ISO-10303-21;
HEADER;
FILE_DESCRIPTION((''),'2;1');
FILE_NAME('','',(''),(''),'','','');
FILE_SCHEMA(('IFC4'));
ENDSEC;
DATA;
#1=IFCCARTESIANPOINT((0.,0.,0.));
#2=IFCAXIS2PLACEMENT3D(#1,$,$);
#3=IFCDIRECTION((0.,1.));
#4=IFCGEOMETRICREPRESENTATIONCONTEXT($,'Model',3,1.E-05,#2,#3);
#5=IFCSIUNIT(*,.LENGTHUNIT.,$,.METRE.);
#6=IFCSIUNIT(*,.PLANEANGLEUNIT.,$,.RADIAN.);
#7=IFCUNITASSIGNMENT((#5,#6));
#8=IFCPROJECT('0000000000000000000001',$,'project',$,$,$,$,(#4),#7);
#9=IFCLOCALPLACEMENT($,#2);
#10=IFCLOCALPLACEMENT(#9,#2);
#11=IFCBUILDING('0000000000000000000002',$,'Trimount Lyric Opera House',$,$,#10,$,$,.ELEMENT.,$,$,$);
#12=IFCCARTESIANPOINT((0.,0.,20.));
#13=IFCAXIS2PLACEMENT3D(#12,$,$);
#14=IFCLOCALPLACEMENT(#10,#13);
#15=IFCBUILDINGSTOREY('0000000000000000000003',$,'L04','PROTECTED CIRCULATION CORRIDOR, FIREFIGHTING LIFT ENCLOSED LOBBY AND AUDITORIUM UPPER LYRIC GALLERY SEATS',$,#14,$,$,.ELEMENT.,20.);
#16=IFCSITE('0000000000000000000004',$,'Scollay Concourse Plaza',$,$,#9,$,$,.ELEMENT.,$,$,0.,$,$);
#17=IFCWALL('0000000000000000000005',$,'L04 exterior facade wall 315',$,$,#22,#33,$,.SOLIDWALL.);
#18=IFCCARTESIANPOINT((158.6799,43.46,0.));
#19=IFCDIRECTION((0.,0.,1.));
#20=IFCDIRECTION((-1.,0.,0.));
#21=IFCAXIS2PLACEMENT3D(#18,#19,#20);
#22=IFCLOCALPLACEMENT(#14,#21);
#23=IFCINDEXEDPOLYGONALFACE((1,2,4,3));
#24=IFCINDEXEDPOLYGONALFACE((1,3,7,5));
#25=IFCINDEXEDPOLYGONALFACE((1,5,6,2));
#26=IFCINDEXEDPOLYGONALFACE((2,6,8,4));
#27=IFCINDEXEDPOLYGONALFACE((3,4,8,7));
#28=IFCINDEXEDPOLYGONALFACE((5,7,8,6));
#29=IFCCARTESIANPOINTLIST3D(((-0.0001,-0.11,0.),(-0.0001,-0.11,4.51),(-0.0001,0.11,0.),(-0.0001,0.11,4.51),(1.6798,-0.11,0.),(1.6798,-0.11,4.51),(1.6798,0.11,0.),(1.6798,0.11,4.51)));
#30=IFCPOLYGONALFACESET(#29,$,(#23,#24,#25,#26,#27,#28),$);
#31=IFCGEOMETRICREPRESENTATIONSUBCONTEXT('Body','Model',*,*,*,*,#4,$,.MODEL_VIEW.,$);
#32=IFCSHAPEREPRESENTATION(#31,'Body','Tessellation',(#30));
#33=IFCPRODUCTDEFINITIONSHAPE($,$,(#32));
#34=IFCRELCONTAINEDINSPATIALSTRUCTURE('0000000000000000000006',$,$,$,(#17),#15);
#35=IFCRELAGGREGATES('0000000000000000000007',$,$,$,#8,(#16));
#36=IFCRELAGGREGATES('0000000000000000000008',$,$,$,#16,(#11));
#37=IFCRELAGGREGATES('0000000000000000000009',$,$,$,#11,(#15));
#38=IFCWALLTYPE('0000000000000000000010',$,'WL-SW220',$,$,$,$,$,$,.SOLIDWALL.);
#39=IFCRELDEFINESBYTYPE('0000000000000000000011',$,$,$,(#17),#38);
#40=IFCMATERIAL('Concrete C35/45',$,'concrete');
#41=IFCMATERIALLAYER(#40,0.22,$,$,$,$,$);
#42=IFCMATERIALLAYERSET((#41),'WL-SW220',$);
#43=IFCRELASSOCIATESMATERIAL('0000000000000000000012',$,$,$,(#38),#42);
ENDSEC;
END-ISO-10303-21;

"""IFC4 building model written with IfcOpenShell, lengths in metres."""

from ifc_helpers import new_model, si_unit, direction, frame, frame_2d, origin, place, context, subcontext, project, spatial, rectangle, extrude, material, layer, layer_set, type_object, element, save


model = new_model("IFC4")

# Units and contexts
model_context = context("Model", 3, precision=1e-05, world=origin(), true_north=direction((0.0, 1.0)))
body_context = subcontext(model_context, "Body", "Model", "MODEL_VIEW")
ifc_project = project(units=[si_unit("LENGTHUNIT", "METRE"), si_unit("PLANEANGLEUNIT", "RADIAN")], contexts=[model_context])

# Site, building, storey
site_placement = place(None, origin())
site = spatial("IfcSite", under=ifc_project, at=site_placement, Name="Scollay Concourse Plaza", CompositionType="ELEMENT", RefElevation=0.0)
building_placement = place(site_placement, origin())
building = spatial("IfcBuilding", under=site, at=building_placement, Name="Trimount Lyric Opera House", CompositionType="ELEMENT")
storey_placement = place(building_placement, frame((0.0, 0.0, 20.0)))
storey = spatial("IfcBuildingStorey", under=building, at=storey_placement, Name="L04", Description="PROTECTED CIRCULATION CORRIDOR, FIREFIGHTING LIFT ENCLOSED LOBBY AND AUDITORIUM UPPER LYRIC GALLERY SEATS", CompositionType="ELEMENT", Elevation=20.0)

# Wall
ifc_material_1 = material(Name="Concrete C35/45", Category="concrete")
ifc_layer_1 = layer(ifc_material_1, 0.22)
ifc_layer_set_1 = layer_set([ifc_layer_1], Name="WL-SW220")
wall_type_1 = type_object("IfcWallType", Name="WL-SW220", PredefinedType="SOLIDWALL", material=ifc_layer_set_1)
wall_1_placement = place(storey_placement, frame((158.6799, 43.46, 0.0), z_axis=(0.0, 0.0, 1.0), x_axis=(-1.0, 0.0, 0.0)))
element("IfcWall", 1, at=wall_1_placement, inside=storey, type_object=wall_type_1, Name="L04 exterior facade wall 315", PredefinedType="SOLIDWALL", context=body_context, shape_type="SweptSolid", body=[
    extrude(rectangle(XDim=1.6799, YDim=0.22, at=frame_2d((0.8398, 0.0))), origin(), (0.0, 0.0, 1.0), 4.51),
])

save(model, "model.ifc")
